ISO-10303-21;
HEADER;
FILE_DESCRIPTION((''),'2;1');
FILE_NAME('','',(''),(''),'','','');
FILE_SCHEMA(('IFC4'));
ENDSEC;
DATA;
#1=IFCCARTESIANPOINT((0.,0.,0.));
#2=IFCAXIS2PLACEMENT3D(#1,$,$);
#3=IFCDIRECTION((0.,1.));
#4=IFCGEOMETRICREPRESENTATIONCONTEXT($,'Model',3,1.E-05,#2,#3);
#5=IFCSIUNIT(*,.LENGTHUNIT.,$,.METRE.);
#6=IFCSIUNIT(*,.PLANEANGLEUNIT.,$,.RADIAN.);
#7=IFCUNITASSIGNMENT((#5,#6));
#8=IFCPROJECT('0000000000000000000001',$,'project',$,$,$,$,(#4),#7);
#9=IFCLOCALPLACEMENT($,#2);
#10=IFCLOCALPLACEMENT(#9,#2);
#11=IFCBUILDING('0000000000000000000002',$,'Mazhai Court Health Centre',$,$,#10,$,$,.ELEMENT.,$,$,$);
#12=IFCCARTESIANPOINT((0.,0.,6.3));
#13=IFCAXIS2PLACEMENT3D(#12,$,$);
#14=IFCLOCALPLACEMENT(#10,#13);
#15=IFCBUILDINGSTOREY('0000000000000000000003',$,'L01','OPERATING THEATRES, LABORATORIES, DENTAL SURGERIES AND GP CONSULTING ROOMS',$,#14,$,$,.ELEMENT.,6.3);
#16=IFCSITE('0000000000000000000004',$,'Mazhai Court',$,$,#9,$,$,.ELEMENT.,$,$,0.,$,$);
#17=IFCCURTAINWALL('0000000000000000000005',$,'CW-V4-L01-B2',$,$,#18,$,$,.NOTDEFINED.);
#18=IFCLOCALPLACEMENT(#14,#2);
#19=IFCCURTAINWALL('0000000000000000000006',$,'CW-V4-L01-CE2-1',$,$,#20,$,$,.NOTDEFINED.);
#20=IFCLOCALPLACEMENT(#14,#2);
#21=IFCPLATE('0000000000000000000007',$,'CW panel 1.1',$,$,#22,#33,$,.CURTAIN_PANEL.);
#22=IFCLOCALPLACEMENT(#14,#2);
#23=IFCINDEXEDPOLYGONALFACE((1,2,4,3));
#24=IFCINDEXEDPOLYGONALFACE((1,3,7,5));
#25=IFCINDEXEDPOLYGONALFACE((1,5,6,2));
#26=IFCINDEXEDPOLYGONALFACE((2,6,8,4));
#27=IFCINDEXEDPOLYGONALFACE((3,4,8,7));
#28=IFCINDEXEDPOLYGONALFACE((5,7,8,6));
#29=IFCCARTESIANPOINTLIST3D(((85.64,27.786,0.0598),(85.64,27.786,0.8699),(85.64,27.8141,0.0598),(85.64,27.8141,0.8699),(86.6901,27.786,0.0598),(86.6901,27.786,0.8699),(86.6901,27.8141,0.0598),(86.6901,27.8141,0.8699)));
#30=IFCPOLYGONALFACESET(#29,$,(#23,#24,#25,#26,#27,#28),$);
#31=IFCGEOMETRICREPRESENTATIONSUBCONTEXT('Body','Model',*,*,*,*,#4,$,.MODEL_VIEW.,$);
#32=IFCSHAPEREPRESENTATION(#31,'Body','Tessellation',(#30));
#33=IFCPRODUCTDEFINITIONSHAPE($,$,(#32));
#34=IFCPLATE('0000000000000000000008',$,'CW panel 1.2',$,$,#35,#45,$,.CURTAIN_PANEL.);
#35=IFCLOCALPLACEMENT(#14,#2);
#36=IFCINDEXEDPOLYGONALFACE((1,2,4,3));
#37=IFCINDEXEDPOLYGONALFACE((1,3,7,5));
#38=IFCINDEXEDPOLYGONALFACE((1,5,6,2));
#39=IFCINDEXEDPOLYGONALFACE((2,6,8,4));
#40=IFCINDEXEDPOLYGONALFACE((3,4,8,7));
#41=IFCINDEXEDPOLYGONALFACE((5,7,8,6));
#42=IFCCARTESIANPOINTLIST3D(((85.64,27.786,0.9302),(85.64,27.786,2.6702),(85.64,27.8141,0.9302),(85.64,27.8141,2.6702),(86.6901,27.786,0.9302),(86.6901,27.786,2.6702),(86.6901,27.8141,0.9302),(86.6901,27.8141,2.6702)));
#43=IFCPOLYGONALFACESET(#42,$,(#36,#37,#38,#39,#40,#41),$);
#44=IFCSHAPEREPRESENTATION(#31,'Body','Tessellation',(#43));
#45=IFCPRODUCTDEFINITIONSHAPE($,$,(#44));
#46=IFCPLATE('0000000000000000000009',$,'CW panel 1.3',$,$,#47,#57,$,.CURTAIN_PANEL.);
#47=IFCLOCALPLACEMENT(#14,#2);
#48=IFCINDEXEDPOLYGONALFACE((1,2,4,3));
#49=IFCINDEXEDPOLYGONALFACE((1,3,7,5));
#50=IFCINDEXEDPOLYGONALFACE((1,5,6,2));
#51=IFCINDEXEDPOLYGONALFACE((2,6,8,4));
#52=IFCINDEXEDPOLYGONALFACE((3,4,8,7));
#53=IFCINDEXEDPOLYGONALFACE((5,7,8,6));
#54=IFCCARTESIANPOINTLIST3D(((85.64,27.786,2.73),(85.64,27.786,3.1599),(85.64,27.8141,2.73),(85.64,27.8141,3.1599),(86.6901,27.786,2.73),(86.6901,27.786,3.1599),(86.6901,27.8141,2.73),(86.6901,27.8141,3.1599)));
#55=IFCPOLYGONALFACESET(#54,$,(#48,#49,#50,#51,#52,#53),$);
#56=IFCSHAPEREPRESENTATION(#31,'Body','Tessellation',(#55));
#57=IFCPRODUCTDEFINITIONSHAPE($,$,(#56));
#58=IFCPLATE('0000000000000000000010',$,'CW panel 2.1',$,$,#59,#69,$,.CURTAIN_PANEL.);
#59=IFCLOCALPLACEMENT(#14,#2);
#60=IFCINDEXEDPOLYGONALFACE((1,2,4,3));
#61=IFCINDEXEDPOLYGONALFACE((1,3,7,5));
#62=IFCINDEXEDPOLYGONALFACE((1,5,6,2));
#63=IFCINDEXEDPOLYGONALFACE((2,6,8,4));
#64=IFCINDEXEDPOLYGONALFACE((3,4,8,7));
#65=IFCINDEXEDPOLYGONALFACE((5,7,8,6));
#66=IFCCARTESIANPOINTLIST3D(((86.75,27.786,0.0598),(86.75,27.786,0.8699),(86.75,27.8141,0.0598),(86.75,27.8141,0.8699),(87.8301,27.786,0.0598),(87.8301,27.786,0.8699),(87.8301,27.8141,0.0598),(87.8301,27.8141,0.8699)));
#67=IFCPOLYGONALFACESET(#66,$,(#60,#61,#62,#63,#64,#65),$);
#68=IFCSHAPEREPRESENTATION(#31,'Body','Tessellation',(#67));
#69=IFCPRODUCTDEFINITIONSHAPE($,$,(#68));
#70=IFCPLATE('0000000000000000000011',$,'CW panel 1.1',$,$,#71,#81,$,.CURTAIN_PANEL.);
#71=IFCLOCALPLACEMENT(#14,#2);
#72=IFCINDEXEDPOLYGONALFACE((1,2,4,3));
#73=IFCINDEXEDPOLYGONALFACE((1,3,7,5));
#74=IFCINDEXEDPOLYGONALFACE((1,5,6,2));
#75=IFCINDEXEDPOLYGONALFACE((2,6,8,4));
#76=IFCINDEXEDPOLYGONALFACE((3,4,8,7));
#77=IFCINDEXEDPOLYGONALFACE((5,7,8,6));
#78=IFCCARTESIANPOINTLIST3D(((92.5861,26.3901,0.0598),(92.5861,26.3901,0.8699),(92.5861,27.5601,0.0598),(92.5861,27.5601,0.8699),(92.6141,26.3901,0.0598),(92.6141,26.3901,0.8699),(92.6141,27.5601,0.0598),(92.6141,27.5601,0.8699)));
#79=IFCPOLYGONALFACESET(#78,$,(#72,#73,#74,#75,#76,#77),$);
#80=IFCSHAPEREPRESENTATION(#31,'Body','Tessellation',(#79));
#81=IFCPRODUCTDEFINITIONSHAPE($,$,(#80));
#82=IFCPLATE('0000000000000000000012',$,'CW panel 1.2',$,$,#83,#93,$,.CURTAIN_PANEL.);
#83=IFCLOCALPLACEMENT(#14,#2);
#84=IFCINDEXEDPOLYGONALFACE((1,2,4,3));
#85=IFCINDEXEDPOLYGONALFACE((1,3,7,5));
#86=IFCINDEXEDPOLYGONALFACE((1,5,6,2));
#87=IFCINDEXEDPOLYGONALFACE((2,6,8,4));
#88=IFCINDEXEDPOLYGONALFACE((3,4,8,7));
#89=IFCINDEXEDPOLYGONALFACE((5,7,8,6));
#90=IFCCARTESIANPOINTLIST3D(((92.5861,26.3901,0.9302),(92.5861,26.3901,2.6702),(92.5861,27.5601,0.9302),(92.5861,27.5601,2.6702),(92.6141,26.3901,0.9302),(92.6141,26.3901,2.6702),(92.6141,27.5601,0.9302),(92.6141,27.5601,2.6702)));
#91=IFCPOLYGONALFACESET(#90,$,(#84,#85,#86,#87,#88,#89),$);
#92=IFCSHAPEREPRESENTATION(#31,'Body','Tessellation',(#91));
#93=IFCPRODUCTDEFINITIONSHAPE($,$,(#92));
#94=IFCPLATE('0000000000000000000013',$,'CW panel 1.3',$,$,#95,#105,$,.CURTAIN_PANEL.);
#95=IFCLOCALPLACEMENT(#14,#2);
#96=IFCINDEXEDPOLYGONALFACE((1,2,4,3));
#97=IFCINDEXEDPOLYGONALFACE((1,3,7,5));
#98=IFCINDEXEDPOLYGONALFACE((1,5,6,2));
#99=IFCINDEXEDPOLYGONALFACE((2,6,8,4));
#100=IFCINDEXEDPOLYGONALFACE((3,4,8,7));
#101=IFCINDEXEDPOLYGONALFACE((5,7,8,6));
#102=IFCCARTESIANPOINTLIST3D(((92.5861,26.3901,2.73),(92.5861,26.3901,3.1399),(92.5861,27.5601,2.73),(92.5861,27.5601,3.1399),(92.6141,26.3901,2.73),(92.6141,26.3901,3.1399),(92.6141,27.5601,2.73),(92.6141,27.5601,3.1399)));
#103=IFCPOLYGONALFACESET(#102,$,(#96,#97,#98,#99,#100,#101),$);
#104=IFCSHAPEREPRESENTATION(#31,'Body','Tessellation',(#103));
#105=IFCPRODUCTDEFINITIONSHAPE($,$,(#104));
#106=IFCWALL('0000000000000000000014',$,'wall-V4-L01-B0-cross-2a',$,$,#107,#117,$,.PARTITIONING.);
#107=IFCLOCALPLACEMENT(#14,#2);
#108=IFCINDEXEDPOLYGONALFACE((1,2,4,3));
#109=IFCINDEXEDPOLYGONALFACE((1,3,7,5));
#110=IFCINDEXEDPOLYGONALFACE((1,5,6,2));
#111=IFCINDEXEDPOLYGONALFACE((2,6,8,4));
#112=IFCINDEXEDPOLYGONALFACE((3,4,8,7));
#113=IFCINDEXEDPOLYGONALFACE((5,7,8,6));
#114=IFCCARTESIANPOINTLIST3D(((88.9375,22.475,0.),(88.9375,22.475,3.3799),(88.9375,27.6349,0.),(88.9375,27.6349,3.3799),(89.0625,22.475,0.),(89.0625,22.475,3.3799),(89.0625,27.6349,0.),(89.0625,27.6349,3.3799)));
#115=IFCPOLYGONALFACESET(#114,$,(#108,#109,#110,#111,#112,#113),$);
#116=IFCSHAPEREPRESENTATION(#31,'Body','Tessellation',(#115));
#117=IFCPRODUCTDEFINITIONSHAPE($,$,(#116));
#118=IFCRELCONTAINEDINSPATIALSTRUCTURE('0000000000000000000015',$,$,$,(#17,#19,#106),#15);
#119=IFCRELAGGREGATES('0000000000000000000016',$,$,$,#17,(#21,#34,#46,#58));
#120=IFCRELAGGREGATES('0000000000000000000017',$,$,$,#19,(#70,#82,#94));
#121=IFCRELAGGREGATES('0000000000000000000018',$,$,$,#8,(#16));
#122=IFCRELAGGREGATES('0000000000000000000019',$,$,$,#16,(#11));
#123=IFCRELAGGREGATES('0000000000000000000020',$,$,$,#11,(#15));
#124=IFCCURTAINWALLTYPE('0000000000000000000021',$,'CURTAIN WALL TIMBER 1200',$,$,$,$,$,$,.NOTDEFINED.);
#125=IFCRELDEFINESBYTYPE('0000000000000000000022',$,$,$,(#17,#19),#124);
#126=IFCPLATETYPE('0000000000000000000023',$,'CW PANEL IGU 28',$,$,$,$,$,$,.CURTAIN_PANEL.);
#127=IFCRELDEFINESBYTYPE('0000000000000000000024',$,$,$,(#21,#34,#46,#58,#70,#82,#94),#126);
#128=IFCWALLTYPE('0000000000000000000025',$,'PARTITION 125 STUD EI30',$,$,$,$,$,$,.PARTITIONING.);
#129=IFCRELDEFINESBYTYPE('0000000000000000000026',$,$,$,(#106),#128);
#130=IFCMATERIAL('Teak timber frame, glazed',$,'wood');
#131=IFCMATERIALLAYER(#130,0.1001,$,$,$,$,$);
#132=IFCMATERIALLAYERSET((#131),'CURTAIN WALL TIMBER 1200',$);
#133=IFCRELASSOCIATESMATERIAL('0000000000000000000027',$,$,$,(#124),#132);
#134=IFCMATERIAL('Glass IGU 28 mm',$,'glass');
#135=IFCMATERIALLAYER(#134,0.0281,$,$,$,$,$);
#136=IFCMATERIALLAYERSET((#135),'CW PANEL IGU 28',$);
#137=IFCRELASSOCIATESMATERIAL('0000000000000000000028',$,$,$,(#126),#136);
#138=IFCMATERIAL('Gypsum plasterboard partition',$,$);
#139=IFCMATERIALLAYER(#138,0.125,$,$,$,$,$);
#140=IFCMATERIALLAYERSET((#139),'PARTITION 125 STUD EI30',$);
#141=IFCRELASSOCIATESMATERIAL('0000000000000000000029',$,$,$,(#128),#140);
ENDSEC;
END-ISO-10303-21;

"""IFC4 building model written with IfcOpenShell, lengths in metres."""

from ifc_helpers import new_model, si_unit, direction, frame, frame_2d, origin, origin_2d, place, context, subcontext, project, spatial, rectangle, extrude, material, layer, layer_set, type_object, element, aggregate, save


model = new_model("IFC4")

# Units and contexts
model_context = context("Model", 3, precision=1e-05, world=origin(), true_north=direction((0.0, 1.0)))
body_context = subcontext(model_context, "Body", "Model", "MODEL_VIEW")
ifc_project = project(units=[si_unit("LENGTHUNIT", "METRE"), si_unit("PLANEANGLEUNIT", "RADIAN")], contexts=[model_context])

# Site, building, storey
site_placement = place(None, origin())
site = spatial("IfcSite", under=ifc_project, at=site_placement, Name="Mazhai Court", CompositionType="ELEMENT", RefElevation=0.0)
building_placement = place(site_placement, origin())
building = spatial("IfcBuilding", under=site, at=building_placement, Name="Mazhai Court Health Centre", CompositionType="ELEMENT")
storey_placement = place(building_placement, frame((0.0, 0.0, 6.3)))
storey = spatial("IfcBuildingStorey", under=building, at=storey_placement, Name="L01", Description="OPERATING THEATRES, LABORATORIES, DENTAL SURGERIES AND GP CONSULTING ROOMS", CompositionType="ELEMENT", Elevation=6.3)

# Curtain wall
ifc_material_1 = material(Name="Teak timber frame, glazed", Category="wood")
ifc_layer_1 = layer(ifc_material_1, 0.1001)
ifc_layer_set_1 = layer_set([ifc_layer_1], Name="CURTAIN WALL TIMBER 1200")
curtain_wall_type = type_object("IfcCurtainWallType", Name="CURTAIN WALL TIMBER 1200", PredefinedType="NOTDEFINED", material=ifc_layer_set_1)
curtain_wall_1_placement = place(storey_placement, origin())
curtain_wall_1 = element("IfcCurtainWall", 1, at=curtain_wall_1_placement, inside=storey, type_object=curtain_wall_type, Name="CW-V4-L01-B2", PredefinedType="NOTDEFINED")

# Curtain wall
curtain_wall_2_placement = place(storey_placement, origin())
curtain_wall_2 = element("IfcCurtainWall", 2, at=curtain_wall_2_placement, inside=storey, type_object=curtain_wall_type, Name="CW-V4-L01-CE2-1", PredefinedType="NOTDEFINED")

# Plates
ifc_material_2 = material(Name="Glass IGU 28 mm", Category="glass")
ifc_layer_2 = layer(ifc_material_2, 0.0281)
ifc_layer_set_2 = layer_set([ifc_layer_2], Name="CW PANEL IGU 28")
plate_type = type_object("IfcPlateType", Name="CW PANEL IGU 28", PredefinedType="CURTAIN_PANEL", material=ifc_layer_set_2)
plate_1_placement = place(storey_placement, frame((86.165, 27.8, 0.0598), z_axis=(0.0, 0.0, 1.0), x_axis=(1.0, 0.0, 0.0)))
plate_1 = element("IfcPlate", 3, at=plate_1_placement, type_object=plate_type, Name="CW panel 1.1", PredefinedType="CURTAIN_PANEL", context=body_context, shape_type="SweptSolid", body=[
    extrude(rectangle(XDim=1.05, YDim=0.0281, at=origin_2d()), origin(), (0.0, 0.0, 1.0), 0.8101),
])
plate_2_placement = place(storey_placement, frame((86.165, 27.8, 0.9302), z_axis=(0.0, 0.0, 1.0), x_axis=(1.0, 0.0, 0.0)))
plate_2 = element("IfcPlate", 4, at=plate_2_placement, type_object=plate_type, Name="CW panel 1.2", PredefinedType="CURTAIN_PANEL", context=body_context, shape_type="SweptSolid", body=[
    extrude(rectangle(XDim=1.05, YDim=0.0281, at=origin_2d()), origin(), (0.0, 0.0, 1.0), 1.74),
])
plate_3_placement = place(storey_placement, frame((86.165, 27.8, 2.73), z_axis=(0.0, 0.0, 1.0), x_axis=(1.0, 0.0, 0.0)))
plate_3 = element("IfcPlate", 5, at=plate_3_placement, type_object=plate_type, Name="CW panel 1.3", PredefinedType="CURTAIN_PANEL", context=body_context, shape_type="SweptSolid", body=[
    extrude(rectangle(XDim=1.05, YDim=0.0281, at=origin_2d()), origin(), (0.0, 0.0, 1.0), 0.4299),
])
plate_4_placement = place(storey_placement, frame((87.29, 27.8, 0.0598), z_axis=(0.0, 0.0, 1.0), x_axis=(1.0, 0.0, 0.0)))
plate_4 = element("IfcPlate", 6, at=plate_4_placement, type_object=plate_type, Name="CW panel 2.1", PredefinedType="CURTAIN_PANEL", context=body_context, shape_type="SweptSolid", body=[
    extrude(rectangle(XDim=1.0801, YDim=0.0281, at=origin_2d()), origin(), (0.0, 0.0, 1.0), 0.8101),
])
aggregate(curtain_wall_1, [plate_1, plate_2, plate_3, plate_4])
plate_5_placement = place(storey_placement, frame((92.6001, 26.9751, 0.0598), z_axis=(0.0, 0.0, 1.0), x_axis=(0.0, -1.0, 0.0)))
plate_5 = element("IfcPlate", 7, at=plate_5_placement, type_object=plate_type, Name="CW panel 1.1", PredefinedType="CURTAIN_PANEL", context=body_context, shape_type="SweptSolid", body=[
    extrude(rectangle(XDim=1.1699, YDim=0.0281, at=origin_2d()), origin(), (0.0, 0.0, 1.0), 0.8101),
])
plate_6_placement = place(storey_placement, frame((92.6001, 26.9751, 0.9302), z_axis=(0.0, 0.0, 1.0), x_axis=(0.0, -1.0, 0.0)))
plate_6 = element("IfcPlate", 8, at=plate_6_placement, type_object=plate_type, Name="CW panel 1.2", PredefinedType="CURTAIN_PANEL", context=body_context, shape_type="SweptSolid", body=[
    extrude(rectangle(XDim=1.1699, YDim=0.0281, at=origin_2d()), origin(), (0.0, 0.0, 1.0), 1.74),
])
plate_7_placement = place(storey_placement, frame((92.6001, 26.9751, 2.73), z_axis=(0.0, 0.0, 1.0), x_axis=(0.0, -1.0, 0.0)))
plate_7 = element("IfcPlate", 9, at=plate_7_placement, type_object=plate_type, Name="CW panel 1.3", PredefinedType="CURTAIN_PANEL", context=body_context, shape_type="SweptSolid", body=[
    extrude(rectangle(XDim=1.1699, YDim=0.0281, at=origin_2d()), origin(), (0.0, 0.0, 1.0), 0.4099),
])
aggregate(curtain_wall_2, [plate_5, plate_6, plate_7])

# Wall
ifc_material_3 = material(Name="Gypsum plasterboard partition")
ifc_layer_3 = layer(ifc_material_3, 0.125)
ifc_layer_set_3 = layer_set([ifc_layer_3], Name="PARTITION 125 STUD EI30")
wall_type = type_object("IfcWallType", Name="PARTITION 125 STUD EI30", PredefinedType="PARTITIONING", material=ifc_layer_set_3)
wall_placement = place(storey_placement, frame((89.0, 27.635, 0.0), z_axis=(0.0, 0.0, 1.0), x_axis=(0.0, -1.0, 0.0)))
element("IfcWall", 10, at=wall_placement, inside=storey, type_object=wall_type, Name="wall-V4-L01-B0-cross-2a", PredefinedType="PARTITIONING", context=body_context, shape_type="SweptSolid", body=[
    extrude(rectangle(XDim=5.1599, YDim=0.125, at=frame_2d((2.5801, 0.0))), origin(), (0.0, 0.0, 1.0), 3.3799),
])

save(model, "model.ifc")
